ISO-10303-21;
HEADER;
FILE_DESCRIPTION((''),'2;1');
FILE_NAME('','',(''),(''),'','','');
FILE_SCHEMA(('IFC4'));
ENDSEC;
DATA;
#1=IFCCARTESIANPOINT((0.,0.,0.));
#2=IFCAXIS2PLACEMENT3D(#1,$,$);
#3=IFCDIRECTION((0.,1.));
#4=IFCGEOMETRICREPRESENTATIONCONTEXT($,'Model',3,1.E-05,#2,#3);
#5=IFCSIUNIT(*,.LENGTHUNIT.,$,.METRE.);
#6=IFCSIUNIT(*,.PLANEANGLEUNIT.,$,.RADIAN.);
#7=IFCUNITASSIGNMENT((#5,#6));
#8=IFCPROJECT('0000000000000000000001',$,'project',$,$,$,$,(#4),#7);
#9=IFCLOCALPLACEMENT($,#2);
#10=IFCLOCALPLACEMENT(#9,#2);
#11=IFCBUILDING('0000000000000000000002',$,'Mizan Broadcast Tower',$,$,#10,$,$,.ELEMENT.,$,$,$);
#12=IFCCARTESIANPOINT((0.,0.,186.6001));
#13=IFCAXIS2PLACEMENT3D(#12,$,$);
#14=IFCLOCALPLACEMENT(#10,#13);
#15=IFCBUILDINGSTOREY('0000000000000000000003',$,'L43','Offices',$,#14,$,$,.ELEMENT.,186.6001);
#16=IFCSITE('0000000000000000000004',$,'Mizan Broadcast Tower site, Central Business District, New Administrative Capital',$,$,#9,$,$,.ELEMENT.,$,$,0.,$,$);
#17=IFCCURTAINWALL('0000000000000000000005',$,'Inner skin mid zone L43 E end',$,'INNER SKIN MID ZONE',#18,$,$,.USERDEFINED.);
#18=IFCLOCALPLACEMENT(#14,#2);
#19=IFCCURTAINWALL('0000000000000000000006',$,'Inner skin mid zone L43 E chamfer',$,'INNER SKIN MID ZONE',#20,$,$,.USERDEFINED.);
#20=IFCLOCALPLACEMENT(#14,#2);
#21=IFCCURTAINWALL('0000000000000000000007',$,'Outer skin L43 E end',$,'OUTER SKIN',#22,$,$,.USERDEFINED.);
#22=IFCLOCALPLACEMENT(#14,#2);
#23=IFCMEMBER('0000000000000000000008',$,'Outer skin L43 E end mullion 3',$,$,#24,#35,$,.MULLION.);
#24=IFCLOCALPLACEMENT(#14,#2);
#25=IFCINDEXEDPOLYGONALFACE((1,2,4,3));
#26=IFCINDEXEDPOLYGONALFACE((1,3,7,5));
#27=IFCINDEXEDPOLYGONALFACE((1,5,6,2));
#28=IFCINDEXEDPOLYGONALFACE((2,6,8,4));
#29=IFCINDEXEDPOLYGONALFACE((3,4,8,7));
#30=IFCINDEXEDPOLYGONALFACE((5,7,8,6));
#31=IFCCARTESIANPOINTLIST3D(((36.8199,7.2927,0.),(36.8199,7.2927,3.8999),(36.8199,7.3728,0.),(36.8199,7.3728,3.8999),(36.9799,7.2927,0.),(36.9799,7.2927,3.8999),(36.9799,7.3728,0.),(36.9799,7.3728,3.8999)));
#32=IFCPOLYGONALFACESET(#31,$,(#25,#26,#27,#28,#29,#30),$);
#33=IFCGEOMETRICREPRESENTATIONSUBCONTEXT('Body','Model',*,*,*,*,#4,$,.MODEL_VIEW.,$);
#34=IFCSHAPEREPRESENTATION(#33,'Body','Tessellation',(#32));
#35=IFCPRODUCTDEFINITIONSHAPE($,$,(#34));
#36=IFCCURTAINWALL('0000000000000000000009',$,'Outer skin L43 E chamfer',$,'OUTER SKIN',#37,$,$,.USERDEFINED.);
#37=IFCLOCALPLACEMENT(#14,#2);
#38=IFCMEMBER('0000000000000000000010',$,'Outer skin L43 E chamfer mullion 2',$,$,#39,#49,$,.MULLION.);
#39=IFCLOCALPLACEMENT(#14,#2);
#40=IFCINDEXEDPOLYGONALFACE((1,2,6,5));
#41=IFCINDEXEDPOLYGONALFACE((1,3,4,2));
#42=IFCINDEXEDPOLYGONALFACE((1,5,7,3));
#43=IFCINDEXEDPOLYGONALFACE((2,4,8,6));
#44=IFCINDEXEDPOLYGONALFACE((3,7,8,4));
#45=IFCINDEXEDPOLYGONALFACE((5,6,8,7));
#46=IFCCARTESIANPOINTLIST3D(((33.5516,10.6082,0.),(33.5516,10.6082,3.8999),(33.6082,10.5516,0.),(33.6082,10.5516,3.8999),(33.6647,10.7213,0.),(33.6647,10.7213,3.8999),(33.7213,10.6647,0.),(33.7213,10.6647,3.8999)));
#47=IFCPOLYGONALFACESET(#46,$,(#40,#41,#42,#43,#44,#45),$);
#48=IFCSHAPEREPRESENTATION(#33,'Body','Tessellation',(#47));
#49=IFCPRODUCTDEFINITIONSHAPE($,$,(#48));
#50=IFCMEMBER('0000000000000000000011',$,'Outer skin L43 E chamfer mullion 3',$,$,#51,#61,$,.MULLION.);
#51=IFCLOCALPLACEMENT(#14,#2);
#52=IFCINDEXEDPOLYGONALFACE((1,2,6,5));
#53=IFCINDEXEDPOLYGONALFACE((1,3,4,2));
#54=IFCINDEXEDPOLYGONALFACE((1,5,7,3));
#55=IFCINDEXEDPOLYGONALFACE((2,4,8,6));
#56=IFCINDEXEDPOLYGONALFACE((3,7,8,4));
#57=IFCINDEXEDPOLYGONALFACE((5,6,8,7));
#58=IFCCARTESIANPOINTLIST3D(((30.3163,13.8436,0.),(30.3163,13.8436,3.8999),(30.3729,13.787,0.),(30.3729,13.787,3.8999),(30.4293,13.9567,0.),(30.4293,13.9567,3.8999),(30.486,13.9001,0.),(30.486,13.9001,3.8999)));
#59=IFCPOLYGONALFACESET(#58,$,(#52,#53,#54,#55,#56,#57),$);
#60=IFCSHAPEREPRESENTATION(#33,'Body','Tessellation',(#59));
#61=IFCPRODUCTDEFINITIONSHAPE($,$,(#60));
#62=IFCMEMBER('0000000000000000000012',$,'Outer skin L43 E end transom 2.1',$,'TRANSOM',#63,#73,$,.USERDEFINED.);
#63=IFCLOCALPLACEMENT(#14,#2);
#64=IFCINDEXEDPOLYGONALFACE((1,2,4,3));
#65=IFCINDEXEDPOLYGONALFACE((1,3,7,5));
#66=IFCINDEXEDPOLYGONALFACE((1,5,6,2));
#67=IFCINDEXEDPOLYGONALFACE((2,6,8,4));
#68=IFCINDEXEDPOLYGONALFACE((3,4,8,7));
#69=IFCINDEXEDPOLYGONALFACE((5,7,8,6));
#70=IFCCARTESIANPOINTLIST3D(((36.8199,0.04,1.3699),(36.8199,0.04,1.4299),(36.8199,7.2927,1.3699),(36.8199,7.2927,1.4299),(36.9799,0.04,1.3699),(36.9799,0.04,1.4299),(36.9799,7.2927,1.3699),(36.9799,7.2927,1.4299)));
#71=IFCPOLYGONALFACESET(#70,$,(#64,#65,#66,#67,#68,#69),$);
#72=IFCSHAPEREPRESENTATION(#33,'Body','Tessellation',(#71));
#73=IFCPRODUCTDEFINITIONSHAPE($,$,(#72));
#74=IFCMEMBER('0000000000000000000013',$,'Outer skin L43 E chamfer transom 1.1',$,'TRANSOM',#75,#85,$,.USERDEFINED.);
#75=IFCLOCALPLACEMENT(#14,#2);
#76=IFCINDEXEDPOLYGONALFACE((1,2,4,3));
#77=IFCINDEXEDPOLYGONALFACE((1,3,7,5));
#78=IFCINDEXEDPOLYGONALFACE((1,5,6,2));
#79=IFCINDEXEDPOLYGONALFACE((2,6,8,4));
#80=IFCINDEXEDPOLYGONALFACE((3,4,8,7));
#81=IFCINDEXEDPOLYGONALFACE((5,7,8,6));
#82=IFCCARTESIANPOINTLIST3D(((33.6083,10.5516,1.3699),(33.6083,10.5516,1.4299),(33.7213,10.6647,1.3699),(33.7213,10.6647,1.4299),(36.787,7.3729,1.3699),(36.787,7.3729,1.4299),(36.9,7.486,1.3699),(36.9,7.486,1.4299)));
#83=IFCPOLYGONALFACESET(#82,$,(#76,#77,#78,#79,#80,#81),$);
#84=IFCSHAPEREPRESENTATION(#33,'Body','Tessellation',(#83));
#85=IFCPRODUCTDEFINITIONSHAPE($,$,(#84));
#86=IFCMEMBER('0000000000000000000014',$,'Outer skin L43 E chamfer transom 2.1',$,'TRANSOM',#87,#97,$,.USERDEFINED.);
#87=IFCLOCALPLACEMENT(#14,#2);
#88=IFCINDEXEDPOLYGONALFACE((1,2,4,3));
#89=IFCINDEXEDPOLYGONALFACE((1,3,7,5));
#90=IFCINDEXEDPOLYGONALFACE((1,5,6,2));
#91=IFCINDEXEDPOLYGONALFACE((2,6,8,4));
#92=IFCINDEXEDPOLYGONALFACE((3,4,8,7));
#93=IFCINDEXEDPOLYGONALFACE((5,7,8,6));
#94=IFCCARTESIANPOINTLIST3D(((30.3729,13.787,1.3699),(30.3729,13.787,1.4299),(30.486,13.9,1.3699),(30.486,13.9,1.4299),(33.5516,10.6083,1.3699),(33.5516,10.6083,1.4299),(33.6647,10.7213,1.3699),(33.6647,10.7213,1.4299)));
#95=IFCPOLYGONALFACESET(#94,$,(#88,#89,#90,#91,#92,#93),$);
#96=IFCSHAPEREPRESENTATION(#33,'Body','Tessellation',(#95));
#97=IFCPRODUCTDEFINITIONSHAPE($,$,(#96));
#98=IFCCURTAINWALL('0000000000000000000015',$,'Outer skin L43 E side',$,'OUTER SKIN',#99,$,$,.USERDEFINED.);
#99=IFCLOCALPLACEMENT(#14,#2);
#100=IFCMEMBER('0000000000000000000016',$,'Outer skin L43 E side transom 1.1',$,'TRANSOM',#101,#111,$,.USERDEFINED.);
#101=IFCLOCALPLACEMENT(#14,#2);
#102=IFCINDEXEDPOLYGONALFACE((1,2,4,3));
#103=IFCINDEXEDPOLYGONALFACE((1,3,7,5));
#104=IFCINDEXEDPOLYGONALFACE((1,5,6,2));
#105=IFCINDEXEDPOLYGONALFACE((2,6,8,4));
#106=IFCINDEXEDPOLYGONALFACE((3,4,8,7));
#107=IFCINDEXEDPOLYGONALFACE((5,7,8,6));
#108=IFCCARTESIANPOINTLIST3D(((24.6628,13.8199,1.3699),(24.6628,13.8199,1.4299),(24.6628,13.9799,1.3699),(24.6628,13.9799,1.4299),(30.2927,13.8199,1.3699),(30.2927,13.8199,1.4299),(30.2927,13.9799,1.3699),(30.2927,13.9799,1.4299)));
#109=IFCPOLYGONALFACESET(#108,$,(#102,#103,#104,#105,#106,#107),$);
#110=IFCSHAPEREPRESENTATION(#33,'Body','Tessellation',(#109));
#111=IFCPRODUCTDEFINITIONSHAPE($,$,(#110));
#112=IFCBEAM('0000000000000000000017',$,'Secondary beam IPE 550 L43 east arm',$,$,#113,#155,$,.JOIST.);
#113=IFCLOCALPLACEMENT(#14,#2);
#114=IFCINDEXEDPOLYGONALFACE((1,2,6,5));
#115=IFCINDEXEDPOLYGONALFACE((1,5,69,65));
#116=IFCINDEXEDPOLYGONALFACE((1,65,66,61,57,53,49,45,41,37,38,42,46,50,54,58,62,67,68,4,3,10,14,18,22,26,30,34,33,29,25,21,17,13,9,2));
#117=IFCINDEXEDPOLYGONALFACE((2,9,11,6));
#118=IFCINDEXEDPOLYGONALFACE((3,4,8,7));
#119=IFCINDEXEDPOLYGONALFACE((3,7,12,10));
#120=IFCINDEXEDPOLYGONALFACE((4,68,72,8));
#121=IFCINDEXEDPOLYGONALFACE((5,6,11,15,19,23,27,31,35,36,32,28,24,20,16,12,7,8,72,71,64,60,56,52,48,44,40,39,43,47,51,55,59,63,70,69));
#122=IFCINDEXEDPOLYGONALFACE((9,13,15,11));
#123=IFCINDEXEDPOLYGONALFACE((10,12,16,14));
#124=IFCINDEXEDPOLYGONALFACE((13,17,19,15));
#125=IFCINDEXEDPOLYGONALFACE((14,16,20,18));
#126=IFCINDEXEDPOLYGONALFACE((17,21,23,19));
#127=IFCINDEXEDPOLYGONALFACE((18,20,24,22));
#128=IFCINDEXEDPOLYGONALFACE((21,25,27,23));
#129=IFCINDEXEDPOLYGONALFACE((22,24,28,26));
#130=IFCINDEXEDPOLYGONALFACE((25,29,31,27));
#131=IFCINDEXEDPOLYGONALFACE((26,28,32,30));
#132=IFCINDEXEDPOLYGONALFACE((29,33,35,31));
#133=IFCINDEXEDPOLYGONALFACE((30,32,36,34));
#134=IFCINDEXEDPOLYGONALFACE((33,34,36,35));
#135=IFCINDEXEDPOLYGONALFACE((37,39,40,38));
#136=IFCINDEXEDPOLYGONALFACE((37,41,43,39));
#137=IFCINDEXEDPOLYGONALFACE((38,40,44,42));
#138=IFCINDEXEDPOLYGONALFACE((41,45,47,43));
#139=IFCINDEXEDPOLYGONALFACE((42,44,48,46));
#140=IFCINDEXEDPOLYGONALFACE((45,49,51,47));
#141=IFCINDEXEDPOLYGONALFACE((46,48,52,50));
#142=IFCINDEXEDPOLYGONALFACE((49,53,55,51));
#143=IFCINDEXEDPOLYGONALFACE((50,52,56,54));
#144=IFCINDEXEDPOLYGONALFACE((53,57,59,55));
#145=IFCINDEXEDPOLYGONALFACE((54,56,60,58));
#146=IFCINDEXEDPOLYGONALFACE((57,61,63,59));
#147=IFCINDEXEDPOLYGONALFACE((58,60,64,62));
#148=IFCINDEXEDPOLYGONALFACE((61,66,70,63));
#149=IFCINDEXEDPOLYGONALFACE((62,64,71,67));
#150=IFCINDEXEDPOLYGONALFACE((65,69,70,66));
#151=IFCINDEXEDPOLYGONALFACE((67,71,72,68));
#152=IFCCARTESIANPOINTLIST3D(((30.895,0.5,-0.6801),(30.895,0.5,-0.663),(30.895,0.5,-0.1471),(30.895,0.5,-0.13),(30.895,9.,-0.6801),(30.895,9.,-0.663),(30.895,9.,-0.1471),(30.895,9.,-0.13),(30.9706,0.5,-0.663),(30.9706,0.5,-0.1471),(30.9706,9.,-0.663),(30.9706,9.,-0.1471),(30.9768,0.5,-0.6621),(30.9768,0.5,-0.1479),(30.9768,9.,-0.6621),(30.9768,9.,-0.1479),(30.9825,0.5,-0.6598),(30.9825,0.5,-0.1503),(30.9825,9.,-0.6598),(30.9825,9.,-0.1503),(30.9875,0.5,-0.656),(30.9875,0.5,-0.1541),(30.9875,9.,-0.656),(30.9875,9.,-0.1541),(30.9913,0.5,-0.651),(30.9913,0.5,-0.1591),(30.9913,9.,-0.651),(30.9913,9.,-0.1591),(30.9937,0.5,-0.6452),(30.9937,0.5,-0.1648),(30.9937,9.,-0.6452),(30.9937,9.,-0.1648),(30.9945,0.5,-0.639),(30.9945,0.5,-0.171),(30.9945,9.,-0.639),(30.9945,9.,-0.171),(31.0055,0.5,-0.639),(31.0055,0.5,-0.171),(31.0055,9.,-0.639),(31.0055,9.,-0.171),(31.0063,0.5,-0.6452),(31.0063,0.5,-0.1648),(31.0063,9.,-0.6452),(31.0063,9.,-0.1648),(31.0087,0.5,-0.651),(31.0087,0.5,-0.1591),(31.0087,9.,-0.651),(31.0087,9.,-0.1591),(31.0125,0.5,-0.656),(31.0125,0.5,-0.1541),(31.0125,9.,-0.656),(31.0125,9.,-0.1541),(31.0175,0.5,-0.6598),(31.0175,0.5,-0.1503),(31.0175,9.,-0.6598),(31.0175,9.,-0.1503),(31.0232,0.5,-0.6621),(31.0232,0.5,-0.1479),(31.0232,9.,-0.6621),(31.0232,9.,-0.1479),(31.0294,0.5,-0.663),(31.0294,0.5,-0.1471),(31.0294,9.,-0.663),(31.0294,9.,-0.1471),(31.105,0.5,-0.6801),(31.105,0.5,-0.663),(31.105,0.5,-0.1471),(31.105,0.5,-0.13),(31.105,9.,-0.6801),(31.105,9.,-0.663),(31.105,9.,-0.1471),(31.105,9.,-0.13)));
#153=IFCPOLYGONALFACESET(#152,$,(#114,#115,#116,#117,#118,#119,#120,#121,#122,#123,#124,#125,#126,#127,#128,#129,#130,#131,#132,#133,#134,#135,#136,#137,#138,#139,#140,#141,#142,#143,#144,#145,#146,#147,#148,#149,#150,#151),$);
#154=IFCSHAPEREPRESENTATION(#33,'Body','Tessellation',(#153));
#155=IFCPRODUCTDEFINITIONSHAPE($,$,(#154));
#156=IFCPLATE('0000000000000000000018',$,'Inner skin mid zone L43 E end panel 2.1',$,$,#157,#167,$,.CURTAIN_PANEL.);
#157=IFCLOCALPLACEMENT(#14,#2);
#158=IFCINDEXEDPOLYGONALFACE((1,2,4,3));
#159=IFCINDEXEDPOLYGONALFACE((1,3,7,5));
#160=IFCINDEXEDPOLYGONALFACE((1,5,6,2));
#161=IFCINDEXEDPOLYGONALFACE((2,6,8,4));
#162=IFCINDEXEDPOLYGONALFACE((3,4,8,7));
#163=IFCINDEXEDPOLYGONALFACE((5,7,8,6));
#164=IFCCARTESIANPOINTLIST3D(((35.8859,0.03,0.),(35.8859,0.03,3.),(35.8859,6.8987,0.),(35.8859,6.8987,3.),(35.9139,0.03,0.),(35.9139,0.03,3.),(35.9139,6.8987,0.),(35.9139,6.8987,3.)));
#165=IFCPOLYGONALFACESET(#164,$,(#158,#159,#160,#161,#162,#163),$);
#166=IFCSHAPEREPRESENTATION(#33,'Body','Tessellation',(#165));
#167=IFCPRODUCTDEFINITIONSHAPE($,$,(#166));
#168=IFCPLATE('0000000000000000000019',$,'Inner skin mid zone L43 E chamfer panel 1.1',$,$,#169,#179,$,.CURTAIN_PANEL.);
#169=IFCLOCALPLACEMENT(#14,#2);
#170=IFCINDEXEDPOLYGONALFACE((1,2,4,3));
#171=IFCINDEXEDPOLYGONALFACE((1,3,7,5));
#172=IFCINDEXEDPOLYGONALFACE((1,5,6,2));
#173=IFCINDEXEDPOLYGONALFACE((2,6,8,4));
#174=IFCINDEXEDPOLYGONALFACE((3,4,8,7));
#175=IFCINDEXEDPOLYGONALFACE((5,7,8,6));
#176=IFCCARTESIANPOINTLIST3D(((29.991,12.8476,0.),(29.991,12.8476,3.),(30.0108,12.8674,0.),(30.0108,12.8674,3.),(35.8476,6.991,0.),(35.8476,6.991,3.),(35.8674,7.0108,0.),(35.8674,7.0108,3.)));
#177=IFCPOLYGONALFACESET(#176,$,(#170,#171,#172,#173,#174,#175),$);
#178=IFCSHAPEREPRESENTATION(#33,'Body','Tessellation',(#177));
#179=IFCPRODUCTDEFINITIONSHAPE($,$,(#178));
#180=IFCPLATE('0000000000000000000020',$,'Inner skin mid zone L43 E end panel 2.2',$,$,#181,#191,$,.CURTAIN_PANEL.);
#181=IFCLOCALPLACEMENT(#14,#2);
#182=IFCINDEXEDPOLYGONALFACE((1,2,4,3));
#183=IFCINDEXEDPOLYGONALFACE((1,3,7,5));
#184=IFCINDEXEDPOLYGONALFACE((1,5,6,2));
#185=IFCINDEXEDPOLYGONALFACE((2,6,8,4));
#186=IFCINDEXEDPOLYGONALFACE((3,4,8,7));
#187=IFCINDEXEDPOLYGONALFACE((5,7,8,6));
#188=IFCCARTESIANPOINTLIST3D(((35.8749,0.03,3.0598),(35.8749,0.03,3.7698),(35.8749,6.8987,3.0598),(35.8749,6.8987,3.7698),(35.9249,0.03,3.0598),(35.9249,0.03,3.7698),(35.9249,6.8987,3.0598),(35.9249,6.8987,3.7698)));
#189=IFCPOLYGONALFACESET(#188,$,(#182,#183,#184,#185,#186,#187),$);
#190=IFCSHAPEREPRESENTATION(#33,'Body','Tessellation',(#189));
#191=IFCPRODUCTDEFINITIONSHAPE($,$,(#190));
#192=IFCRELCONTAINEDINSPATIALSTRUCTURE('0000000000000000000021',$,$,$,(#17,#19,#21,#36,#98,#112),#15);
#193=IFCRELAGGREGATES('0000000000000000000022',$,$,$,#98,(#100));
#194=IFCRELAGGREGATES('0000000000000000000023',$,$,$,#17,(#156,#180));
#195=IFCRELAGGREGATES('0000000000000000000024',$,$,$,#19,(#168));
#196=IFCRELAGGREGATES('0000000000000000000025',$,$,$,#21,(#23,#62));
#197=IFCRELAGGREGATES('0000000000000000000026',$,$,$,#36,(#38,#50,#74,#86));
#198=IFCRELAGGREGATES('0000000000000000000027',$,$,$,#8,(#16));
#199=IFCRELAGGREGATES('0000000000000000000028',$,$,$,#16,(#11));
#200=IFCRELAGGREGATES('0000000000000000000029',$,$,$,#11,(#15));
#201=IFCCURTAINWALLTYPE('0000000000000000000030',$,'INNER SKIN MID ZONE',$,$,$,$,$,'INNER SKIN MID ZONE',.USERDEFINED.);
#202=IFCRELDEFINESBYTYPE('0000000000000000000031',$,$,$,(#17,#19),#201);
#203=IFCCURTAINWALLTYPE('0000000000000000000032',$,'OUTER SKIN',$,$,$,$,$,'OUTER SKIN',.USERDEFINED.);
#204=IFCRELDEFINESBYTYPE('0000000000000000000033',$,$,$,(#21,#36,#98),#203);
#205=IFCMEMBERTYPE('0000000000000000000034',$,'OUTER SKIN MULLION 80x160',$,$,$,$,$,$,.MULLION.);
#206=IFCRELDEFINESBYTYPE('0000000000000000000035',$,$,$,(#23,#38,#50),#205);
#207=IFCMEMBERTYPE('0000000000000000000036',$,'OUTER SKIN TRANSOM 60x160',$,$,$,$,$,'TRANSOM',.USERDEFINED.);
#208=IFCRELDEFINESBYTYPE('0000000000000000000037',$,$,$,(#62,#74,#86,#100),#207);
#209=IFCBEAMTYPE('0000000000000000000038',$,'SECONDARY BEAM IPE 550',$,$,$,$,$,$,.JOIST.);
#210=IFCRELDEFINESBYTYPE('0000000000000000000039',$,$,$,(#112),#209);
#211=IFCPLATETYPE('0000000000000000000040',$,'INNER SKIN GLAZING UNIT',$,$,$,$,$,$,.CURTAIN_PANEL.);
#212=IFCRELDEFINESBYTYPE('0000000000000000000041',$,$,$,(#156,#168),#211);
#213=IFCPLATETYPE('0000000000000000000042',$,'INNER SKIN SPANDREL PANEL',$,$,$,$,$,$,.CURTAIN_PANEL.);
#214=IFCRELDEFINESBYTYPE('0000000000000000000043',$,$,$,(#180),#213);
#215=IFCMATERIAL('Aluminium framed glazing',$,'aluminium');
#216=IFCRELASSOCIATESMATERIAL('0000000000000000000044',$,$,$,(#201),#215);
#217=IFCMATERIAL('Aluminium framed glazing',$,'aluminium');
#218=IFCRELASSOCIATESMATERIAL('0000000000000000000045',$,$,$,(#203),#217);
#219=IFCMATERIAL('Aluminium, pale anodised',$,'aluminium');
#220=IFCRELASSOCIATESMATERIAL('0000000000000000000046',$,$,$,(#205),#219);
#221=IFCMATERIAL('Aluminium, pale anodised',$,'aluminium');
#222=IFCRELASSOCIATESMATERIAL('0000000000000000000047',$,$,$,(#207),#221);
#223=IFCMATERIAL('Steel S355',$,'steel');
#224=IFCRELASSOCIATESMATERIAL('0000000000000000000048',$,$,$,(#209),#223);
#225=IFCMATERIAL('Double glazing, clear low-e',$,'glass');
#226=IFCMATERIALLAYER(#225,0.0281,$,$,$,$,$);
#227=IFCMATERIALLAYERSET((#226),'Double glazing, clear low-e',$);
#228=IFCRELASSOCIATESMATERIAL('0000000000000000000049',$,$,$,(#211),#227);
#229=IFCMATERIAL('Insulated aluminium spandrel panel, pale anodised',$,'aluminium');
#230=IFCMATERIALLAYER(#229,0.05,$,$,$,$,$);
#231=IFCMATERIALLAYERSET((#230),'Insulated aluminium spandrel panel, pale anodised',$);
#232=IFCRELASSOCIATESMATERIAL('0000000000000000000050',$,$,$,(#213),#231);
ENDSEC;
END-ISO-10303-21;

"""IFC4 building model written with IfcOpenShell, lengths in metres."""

from ifc_helpers import new_model, si_unit, direction, frame, origin, origin_2d, place, context, subcontext, project, spatial, rectangle, i_section, extrude, material, layer, layer_set, material_profile, profile_set, type_object, element, aggregate, save


model = new_model("IFC4")

# Units and contexts
model_context = context("Model", 3, precision=1e-05, world=origin(), true_north=direction((0.0, 1.0)))
body_context = subcontext(model_context, "Body", "Model", "MODEL_VIEW")
ifc_project = project(units=[si_unit("LENGTHUNIT", "METRE"), si_unit("PLANEANGLEUNIT", "RADIAN")], contexts=[model_context])

# Site, building, storey
site_placement = place(None, origin())
site = spatial("IfcSite", under=ifc_project, at=site_placement, Name="Mizan Broadcast Tower site, Central Business District, New Administrative Capital", CompositionType="ELEMENT", RefElevation=0.0)
building_placement = place(site_placement, origin())
building = spatial("IfcBuilding", under=site, at=building_placement, Name="Mizan Broadcast Tower", CompositionType="ELEMENT")
storey_placement = place(building_placement, frame((0.0, 0.0, 186.6001)))
storey = spatial("IfcBuildingStorey", under=building, at=storey_placement, Name="L43", Description="Offices", CompositionType="ELEMENT", Elevation=186.6001)

# Curtain wall
ifc_material_1 = material(Name="Aluminium framed glazing", Category="aluminium")
curtain_wall_type_1 = type_object("IfcCurtainWallType", Name="INNER SKIN MID ZONE", ElementType="INNER SKIN MID ZONE", PredefinedType="USERDEFINED", material=ifc_material_1)
curtain_wall_1_placement = place(storey_placement, origin())
curtain_wall_1 = element("IfcCurtainWall", 1, at=curtain_wall_1_placement, inside=storey, type_object=curtain_wall_type_1, Name="Inner skin mid zone L43 E end", ObjectType="INNER SKIN MID ZONE", PredefinedType="USERDEFINED")

# Curtain wall
curtain_wall_2_placement = place(storey_placement, origin())
curtain_wall_2 = element("IfcCurtainWall", 2, at=curtain_wall_2_placement, inside=storey, type_object=curtain_wall_type_1, Name="Inner skin mid zone L43 E chamfer", ObjectType="INNER SKIN MID ZONE", PredefinedType="USERDEFINED")

# Curtain walls, members
ifc_material_2 = material(Name="Aluminium framed glazing", Category="aluminium")
curtain_wall_type_2 = type_object("IfcCurtainWallType", Name="OUTER SKIN", ElementType="OUTER SKIN", PredefinedType="USERDEFINED", material=ifc_material_2)
curtain_wall_3_placement = place(storey_placement, origin())
curtain_wall_3 = element("IfcCurtainWall", 3, at=curtain_wall_3_placement, inside=storey, type_object=curtain_wall_type_2, Name="Outer skin L43 E end", ObjectType="OUTER SKIN", PredefinedType="USERDEFINED")
ifc_material_3 = material(Name="Aluminium, pale anodised", Category="aluminium")
ifc_material_profile_1 = material_profile(ifc_material_3, rectangle(XDim=0.1599, YDim=0.0801, at=origin_2d()), Name="MULLION 160x80")
ifc_profile_set_1 = profile_set([ifc_material_profile_1], Name="Aluminium, pale anodised")
member_type_1 = type_object("IfcMemberType", Name="OUTER SKIN MULLION 80x160", PredefinedType="MULLION", material=ifc_profile_set_1)
member_1_placement = place(storey_placement, frame((36.8999, 7.3328, 0.0), z_axis=(0.0, 0.0, 1.0), x_axis=(-1.0, 0.0, 0.0)))
member_1 = element("IfcMember", 4, at=member_1_placement, type_object=member_type_1, Name="Outer skin L43 E end mullion 3", PredefinedType="MULLION", context=body_context, shape_type="SweptSolid", body=[
    extrude(rectangle(XDim=0.1599, YDim=0.0801, at=origin_2d()), origin(), (0.0, 0.0, 1.0), 3.8999),
])
curtain_wall_4_placement = place(storey_placement, origin())
curtain_wall_4 = element("IfcCurtainWall", 5, at=curtain_wall_4_placement, inside=storey, type_object=curtain_wall_type_2, Name="Outer skin L43 E chamfer", ObjectType="OUTER SKIN", PredefinedType="USERDEFINED")
member_2_placement = place(storey_placement, frame((33.6365, 10.6365, 0.0), z_axis=(0.0, 0.0, 1.0), x_axis=(-0.707107, -0.707107, 0.0)))
member_2 = element("IfcMember", 6, at=member_2_placement, type_object=member_type_1, Name="Outer skin L43 E chamfer mullion 2", PredefinedType="MULLION", context=body_context, shape_type="SweptSolid", body=[
    extrude(rectangle(XDim=0.1599, YDim=0.0801, at=origin_2d()), origin(), (0.0, 0.0, 1.0), 3.8999),
])
member_3_placement = place(storey_placement, frame((30.4011, 13.8718, 0.0), z_axis=(0.0, 0.0, 1.0), x_axis=(-0.707107, -0.707107, 0.0)))
member_3 = element("IfcMember", 7, at=member_3_placement, type_object=member_type_1, Name="Outer skin L43 E chamfer mullion 3", PredefinedType="MULLION", context=body_context, shape_type="SweptSolid", body=[
    extrude(rectangle(XDim=0.1599, YDim=0.0801, at=origin_2d()), origin(), (0.0, 0.0, 1.0), 3.8999),
])

# Members
ifc_material_4 = material(Name="Aluminium, pale anodised", Category="aluminium")
ifc_material_profile_2 = material_profile(ifc_material_4, rectangle(XDim=0.1599, YDim=0.0601, at=origin_2d()), Name="TRANSOM 160x60")
ifc_profile_set_2 = profile_set([ifc_material_profile_2], Name="Aluminium, pale anodised")
member_type_2 = type_object("IfcMemberType", Name="OUTER SKIN TRANSOM 60x160", ElementType="TRANSOM", PredefinedType="USERDEFINED", material=ifc_profile_set_2)
member_4_placement = place(storey_placement, frame((36.8999, 0.04, 1.3999), z_axis=(0.0, 1.0, 0.0), x_axis=(-1.0, 0.0, 0.0)))
member_4 = element("IfcMember", 8, at=member_4_placement, type_object=member_type_2, Name="Outer skin L43 E end transom 2.1", ObjectType="TRANSOM", PredefinedType="USERDEFINED", context=body_context, shape_type="SweptSolid", body=[
    extrude(rectangle(XDim=0.1599, YDim=0.0601, at=origin_2d()), origin(), (0.0, 0.0, 1.0), 7.2527),
])
member_5_placement = place(storey_placement, frame((36.8435, 7.4294, 1.3999), z_axis=(-0.707107, 0.707107, 0.0), x_axis=(-0.707107, -0.707107, 0.0)))
member_5 = element("IfcMember", 9, at=member_5_placement, type_object=member_type_2, Name="Outer skin L43 E chamfer transom 1.1", ObjectType="TRANSOM", PredefinedType="USERDEFINED", context=body_context, shape_type="SweptSolid", body=[
    extrude(rectangle(XDim=0.1599, YDim=0.0601, at=origin_2d()), origin(), (0.0, 0.0, 1.0), 4.4954),
])
member_6_placement = place(storey_placement, frame((33.6082, 10.6648, 1.3999), z_axis=(-0.707107, 0.707107, 0.0), x_axis=(-0.707107, -0.707107, 0.0)))
member_6 = element("IfcMember", 10, at=member_6_placement, type_object=member_type_2, Name="Outer skin L43 E chamfer transom 2.1", ObjectType="TRANSOM", PredefinedType="USERDEFINED", context=body_context, shape_type="SweptSolid", body=[
    extrude(rectangle(XDim=0.1599, YDim=0.0601, at=origin_2d()), origin(), (0.0, 0.0, 1.0), 4.4954),
])

# Curtain wall, member
curtain_wall_5_placement = place(storey_placement, origin())
curtain_wall_5 = element("IfcCurtainWall", 11, at=curtain_wall_5_placement, inside=storey, type_object=curtain_wall_type_2, Name="Outer skin L43 E side", ObjectType="OUTER SKIN", PredefinedType="USERDEFINED")
member_7_placement = place(storey_placement, frame((30.2927, 13.8999, 1.3999), z_axis=(-1.0, 0.0, 0.0), x_axis=(0.0, -1.0, 0.0)))
member_7 = element("IfcMember", 12, at=member_7_placement, type_object=member_type_2, Name="Outer skin L43 E side transom 1.1", ObjectType="TRANSOM", PredefinedType="USERDEFINED", context=body_context, shape_type="SweptSolid", body=[
    extrude(rectangle(XDim=0.1599, YDim=0.0601, at=origin_2d()), origin(), (0.0, 0.0, 1.0), 5.6299),
])
aggregate(curtain_wall_5, [member_7])

# Beam
ifc_material_5 = material(Name="Steel S355", Category="steel")
ifc_material_profile_3 = material_profile(ifc_material_5, i_section(OverallWidth=0.21, OverallDepth=0.55, WebThickness=0.011, FlangeThickness=0.0171, FilletRadius=0.0239, at=origin_2d()), Name="IPE 550")
ifc_profile_set_3 = profile_set([ifc_material_profile_3], Name="Steel S355")
beam_type_1 = type_object("IfcBeamType", Name="SECONDARY BEAM IPE 550", PredefinedType="JOIST", material=ifc_profile_set_3)
beam_1_placement = place(storey_placement, frame((31.0, 9.0, -0.405), z_axis=(0.0, -1.0, 0.0), x_axis=(1.0, 0.0, 0.0)))
element("IfcBeam", 13, at=beam_1_placement, inside=storey, type_object=beam_type_1, Name="Secondary beam IPE 550 L43 east arm", PredefinedType="JOIST", context=body_context, shape_type="SweptSolid", body=[
    extrude(i_section(OverallWidth=0.21, OverallDepth=0.55, WebThickness=0.011, FlangeThickness=0.0171, FilletRadius=0.0239, at=origin_2d()), origin(), (0.0, 0.0, 1.0), 8.5),
])

# Plates
ifc_material_6 = material(Name="Double glazing, clear low-e", Category="glass")
ifc_layer_1 = layer(ifc_material_6, 0.0281)
ifc_layer_set_1 = layer_set([ifc_layer_1], Name="Double glazing, clear low-e")
plate_type_1 = type_object("IfcPlateType", Name="INNER SKIN GLAZING UNIT", PredefinedType="CURTAIN_PANEL", material=ifc_layer_set_1)
plate_1_placement = place(storey_placement, frame((35.8999, 3.4644, 0.0), z_axis=(0.0, 0.0, 1.0), x_axis=(0.0, 1.0, 0.0)))
plate_1 = element("IfcPlate", 14, at=plate_1_placement, type_object=plate_type_1, Name="Inner skin mid zone L43 E end panel 2.1", PredefinedType="CURTAIN_PANEL", context=body_context, shape_type="SweptSolid", body=[
    extrude(rectangle(XDim=6.8687, YDim=0.0281, at=origin_2d()), origin(), (0.0, 0.0, 1.0), 3.0),
])
plate_2_placement = place(storey_placement, frame((32.9292, 9.9292, 0.0), z_axis=(0.0, 0.0, 1.0), x_axis=(-0.707107, 0.707107, 0.0)))
plate_2 = element("IfcPlate", 15, at=plate_2_placement, type_object=plate_type_1, Name="Inner skin mid zone L43 E chamfer panel 1.1", PredefinedType="CURTAIN_PANEL", context=body_context, shape_type="SweptSolid", body=[
    extrude(rectangle(XDim=8.2825, YDim=0.0281, at=origin_2d()), origin(), (0.0, 0.0, 1.0), 3.0),
])
ifc_material_7 = material(Name="Insulated aluminium spandrel panel, pale anodised", Category="aluminium")
ifc_layer_2 = layer(ifc_material_7, 0.05)
ifc_layer_set_2 = layer_set([ifc_layer_2], Name="Insulated aluminium spandrel panel, pale anodised")
plate_type_2 = type_object("IfcPlateType", Name="INNER SKIN SPANDREL PANEL", PredefinedType="CURTAIN_PANEL", material=ifc_layer_set_2)
plate_3_placement = place(storey_placement, frame((35.8999, 3.4644, 3.0598), z_axis=(0.0, 0.0, 1.0), x_axis=(0.0, 1.0, 0.0)))
plate_3 = element("IfcPlate", 16, at=plate_3_placement, type_object=plate_type_2, Name="Inner skin mid zone L43 E end panel 2.2", PredefinedType="CURTAIN_PANEL", context=body_context, shape_type="SweptSolid", body=[
    extrude(rectangle(XDim=6.8687, YDim=0.05, at=origin_2d()), origin(), (0.0, 0.0, 1.0), 0.71),
])
aggregate(curtain_wall_1, [plate_1, plate_3])
aggregate(curtain_wall_2, [plate_2])
aggregate(curtain_wall_3, [member_1, member_4])
aggregate(curtain_wall_4, [member_2, member_3, member_5, member_6])

save(model, "model.ifc")
